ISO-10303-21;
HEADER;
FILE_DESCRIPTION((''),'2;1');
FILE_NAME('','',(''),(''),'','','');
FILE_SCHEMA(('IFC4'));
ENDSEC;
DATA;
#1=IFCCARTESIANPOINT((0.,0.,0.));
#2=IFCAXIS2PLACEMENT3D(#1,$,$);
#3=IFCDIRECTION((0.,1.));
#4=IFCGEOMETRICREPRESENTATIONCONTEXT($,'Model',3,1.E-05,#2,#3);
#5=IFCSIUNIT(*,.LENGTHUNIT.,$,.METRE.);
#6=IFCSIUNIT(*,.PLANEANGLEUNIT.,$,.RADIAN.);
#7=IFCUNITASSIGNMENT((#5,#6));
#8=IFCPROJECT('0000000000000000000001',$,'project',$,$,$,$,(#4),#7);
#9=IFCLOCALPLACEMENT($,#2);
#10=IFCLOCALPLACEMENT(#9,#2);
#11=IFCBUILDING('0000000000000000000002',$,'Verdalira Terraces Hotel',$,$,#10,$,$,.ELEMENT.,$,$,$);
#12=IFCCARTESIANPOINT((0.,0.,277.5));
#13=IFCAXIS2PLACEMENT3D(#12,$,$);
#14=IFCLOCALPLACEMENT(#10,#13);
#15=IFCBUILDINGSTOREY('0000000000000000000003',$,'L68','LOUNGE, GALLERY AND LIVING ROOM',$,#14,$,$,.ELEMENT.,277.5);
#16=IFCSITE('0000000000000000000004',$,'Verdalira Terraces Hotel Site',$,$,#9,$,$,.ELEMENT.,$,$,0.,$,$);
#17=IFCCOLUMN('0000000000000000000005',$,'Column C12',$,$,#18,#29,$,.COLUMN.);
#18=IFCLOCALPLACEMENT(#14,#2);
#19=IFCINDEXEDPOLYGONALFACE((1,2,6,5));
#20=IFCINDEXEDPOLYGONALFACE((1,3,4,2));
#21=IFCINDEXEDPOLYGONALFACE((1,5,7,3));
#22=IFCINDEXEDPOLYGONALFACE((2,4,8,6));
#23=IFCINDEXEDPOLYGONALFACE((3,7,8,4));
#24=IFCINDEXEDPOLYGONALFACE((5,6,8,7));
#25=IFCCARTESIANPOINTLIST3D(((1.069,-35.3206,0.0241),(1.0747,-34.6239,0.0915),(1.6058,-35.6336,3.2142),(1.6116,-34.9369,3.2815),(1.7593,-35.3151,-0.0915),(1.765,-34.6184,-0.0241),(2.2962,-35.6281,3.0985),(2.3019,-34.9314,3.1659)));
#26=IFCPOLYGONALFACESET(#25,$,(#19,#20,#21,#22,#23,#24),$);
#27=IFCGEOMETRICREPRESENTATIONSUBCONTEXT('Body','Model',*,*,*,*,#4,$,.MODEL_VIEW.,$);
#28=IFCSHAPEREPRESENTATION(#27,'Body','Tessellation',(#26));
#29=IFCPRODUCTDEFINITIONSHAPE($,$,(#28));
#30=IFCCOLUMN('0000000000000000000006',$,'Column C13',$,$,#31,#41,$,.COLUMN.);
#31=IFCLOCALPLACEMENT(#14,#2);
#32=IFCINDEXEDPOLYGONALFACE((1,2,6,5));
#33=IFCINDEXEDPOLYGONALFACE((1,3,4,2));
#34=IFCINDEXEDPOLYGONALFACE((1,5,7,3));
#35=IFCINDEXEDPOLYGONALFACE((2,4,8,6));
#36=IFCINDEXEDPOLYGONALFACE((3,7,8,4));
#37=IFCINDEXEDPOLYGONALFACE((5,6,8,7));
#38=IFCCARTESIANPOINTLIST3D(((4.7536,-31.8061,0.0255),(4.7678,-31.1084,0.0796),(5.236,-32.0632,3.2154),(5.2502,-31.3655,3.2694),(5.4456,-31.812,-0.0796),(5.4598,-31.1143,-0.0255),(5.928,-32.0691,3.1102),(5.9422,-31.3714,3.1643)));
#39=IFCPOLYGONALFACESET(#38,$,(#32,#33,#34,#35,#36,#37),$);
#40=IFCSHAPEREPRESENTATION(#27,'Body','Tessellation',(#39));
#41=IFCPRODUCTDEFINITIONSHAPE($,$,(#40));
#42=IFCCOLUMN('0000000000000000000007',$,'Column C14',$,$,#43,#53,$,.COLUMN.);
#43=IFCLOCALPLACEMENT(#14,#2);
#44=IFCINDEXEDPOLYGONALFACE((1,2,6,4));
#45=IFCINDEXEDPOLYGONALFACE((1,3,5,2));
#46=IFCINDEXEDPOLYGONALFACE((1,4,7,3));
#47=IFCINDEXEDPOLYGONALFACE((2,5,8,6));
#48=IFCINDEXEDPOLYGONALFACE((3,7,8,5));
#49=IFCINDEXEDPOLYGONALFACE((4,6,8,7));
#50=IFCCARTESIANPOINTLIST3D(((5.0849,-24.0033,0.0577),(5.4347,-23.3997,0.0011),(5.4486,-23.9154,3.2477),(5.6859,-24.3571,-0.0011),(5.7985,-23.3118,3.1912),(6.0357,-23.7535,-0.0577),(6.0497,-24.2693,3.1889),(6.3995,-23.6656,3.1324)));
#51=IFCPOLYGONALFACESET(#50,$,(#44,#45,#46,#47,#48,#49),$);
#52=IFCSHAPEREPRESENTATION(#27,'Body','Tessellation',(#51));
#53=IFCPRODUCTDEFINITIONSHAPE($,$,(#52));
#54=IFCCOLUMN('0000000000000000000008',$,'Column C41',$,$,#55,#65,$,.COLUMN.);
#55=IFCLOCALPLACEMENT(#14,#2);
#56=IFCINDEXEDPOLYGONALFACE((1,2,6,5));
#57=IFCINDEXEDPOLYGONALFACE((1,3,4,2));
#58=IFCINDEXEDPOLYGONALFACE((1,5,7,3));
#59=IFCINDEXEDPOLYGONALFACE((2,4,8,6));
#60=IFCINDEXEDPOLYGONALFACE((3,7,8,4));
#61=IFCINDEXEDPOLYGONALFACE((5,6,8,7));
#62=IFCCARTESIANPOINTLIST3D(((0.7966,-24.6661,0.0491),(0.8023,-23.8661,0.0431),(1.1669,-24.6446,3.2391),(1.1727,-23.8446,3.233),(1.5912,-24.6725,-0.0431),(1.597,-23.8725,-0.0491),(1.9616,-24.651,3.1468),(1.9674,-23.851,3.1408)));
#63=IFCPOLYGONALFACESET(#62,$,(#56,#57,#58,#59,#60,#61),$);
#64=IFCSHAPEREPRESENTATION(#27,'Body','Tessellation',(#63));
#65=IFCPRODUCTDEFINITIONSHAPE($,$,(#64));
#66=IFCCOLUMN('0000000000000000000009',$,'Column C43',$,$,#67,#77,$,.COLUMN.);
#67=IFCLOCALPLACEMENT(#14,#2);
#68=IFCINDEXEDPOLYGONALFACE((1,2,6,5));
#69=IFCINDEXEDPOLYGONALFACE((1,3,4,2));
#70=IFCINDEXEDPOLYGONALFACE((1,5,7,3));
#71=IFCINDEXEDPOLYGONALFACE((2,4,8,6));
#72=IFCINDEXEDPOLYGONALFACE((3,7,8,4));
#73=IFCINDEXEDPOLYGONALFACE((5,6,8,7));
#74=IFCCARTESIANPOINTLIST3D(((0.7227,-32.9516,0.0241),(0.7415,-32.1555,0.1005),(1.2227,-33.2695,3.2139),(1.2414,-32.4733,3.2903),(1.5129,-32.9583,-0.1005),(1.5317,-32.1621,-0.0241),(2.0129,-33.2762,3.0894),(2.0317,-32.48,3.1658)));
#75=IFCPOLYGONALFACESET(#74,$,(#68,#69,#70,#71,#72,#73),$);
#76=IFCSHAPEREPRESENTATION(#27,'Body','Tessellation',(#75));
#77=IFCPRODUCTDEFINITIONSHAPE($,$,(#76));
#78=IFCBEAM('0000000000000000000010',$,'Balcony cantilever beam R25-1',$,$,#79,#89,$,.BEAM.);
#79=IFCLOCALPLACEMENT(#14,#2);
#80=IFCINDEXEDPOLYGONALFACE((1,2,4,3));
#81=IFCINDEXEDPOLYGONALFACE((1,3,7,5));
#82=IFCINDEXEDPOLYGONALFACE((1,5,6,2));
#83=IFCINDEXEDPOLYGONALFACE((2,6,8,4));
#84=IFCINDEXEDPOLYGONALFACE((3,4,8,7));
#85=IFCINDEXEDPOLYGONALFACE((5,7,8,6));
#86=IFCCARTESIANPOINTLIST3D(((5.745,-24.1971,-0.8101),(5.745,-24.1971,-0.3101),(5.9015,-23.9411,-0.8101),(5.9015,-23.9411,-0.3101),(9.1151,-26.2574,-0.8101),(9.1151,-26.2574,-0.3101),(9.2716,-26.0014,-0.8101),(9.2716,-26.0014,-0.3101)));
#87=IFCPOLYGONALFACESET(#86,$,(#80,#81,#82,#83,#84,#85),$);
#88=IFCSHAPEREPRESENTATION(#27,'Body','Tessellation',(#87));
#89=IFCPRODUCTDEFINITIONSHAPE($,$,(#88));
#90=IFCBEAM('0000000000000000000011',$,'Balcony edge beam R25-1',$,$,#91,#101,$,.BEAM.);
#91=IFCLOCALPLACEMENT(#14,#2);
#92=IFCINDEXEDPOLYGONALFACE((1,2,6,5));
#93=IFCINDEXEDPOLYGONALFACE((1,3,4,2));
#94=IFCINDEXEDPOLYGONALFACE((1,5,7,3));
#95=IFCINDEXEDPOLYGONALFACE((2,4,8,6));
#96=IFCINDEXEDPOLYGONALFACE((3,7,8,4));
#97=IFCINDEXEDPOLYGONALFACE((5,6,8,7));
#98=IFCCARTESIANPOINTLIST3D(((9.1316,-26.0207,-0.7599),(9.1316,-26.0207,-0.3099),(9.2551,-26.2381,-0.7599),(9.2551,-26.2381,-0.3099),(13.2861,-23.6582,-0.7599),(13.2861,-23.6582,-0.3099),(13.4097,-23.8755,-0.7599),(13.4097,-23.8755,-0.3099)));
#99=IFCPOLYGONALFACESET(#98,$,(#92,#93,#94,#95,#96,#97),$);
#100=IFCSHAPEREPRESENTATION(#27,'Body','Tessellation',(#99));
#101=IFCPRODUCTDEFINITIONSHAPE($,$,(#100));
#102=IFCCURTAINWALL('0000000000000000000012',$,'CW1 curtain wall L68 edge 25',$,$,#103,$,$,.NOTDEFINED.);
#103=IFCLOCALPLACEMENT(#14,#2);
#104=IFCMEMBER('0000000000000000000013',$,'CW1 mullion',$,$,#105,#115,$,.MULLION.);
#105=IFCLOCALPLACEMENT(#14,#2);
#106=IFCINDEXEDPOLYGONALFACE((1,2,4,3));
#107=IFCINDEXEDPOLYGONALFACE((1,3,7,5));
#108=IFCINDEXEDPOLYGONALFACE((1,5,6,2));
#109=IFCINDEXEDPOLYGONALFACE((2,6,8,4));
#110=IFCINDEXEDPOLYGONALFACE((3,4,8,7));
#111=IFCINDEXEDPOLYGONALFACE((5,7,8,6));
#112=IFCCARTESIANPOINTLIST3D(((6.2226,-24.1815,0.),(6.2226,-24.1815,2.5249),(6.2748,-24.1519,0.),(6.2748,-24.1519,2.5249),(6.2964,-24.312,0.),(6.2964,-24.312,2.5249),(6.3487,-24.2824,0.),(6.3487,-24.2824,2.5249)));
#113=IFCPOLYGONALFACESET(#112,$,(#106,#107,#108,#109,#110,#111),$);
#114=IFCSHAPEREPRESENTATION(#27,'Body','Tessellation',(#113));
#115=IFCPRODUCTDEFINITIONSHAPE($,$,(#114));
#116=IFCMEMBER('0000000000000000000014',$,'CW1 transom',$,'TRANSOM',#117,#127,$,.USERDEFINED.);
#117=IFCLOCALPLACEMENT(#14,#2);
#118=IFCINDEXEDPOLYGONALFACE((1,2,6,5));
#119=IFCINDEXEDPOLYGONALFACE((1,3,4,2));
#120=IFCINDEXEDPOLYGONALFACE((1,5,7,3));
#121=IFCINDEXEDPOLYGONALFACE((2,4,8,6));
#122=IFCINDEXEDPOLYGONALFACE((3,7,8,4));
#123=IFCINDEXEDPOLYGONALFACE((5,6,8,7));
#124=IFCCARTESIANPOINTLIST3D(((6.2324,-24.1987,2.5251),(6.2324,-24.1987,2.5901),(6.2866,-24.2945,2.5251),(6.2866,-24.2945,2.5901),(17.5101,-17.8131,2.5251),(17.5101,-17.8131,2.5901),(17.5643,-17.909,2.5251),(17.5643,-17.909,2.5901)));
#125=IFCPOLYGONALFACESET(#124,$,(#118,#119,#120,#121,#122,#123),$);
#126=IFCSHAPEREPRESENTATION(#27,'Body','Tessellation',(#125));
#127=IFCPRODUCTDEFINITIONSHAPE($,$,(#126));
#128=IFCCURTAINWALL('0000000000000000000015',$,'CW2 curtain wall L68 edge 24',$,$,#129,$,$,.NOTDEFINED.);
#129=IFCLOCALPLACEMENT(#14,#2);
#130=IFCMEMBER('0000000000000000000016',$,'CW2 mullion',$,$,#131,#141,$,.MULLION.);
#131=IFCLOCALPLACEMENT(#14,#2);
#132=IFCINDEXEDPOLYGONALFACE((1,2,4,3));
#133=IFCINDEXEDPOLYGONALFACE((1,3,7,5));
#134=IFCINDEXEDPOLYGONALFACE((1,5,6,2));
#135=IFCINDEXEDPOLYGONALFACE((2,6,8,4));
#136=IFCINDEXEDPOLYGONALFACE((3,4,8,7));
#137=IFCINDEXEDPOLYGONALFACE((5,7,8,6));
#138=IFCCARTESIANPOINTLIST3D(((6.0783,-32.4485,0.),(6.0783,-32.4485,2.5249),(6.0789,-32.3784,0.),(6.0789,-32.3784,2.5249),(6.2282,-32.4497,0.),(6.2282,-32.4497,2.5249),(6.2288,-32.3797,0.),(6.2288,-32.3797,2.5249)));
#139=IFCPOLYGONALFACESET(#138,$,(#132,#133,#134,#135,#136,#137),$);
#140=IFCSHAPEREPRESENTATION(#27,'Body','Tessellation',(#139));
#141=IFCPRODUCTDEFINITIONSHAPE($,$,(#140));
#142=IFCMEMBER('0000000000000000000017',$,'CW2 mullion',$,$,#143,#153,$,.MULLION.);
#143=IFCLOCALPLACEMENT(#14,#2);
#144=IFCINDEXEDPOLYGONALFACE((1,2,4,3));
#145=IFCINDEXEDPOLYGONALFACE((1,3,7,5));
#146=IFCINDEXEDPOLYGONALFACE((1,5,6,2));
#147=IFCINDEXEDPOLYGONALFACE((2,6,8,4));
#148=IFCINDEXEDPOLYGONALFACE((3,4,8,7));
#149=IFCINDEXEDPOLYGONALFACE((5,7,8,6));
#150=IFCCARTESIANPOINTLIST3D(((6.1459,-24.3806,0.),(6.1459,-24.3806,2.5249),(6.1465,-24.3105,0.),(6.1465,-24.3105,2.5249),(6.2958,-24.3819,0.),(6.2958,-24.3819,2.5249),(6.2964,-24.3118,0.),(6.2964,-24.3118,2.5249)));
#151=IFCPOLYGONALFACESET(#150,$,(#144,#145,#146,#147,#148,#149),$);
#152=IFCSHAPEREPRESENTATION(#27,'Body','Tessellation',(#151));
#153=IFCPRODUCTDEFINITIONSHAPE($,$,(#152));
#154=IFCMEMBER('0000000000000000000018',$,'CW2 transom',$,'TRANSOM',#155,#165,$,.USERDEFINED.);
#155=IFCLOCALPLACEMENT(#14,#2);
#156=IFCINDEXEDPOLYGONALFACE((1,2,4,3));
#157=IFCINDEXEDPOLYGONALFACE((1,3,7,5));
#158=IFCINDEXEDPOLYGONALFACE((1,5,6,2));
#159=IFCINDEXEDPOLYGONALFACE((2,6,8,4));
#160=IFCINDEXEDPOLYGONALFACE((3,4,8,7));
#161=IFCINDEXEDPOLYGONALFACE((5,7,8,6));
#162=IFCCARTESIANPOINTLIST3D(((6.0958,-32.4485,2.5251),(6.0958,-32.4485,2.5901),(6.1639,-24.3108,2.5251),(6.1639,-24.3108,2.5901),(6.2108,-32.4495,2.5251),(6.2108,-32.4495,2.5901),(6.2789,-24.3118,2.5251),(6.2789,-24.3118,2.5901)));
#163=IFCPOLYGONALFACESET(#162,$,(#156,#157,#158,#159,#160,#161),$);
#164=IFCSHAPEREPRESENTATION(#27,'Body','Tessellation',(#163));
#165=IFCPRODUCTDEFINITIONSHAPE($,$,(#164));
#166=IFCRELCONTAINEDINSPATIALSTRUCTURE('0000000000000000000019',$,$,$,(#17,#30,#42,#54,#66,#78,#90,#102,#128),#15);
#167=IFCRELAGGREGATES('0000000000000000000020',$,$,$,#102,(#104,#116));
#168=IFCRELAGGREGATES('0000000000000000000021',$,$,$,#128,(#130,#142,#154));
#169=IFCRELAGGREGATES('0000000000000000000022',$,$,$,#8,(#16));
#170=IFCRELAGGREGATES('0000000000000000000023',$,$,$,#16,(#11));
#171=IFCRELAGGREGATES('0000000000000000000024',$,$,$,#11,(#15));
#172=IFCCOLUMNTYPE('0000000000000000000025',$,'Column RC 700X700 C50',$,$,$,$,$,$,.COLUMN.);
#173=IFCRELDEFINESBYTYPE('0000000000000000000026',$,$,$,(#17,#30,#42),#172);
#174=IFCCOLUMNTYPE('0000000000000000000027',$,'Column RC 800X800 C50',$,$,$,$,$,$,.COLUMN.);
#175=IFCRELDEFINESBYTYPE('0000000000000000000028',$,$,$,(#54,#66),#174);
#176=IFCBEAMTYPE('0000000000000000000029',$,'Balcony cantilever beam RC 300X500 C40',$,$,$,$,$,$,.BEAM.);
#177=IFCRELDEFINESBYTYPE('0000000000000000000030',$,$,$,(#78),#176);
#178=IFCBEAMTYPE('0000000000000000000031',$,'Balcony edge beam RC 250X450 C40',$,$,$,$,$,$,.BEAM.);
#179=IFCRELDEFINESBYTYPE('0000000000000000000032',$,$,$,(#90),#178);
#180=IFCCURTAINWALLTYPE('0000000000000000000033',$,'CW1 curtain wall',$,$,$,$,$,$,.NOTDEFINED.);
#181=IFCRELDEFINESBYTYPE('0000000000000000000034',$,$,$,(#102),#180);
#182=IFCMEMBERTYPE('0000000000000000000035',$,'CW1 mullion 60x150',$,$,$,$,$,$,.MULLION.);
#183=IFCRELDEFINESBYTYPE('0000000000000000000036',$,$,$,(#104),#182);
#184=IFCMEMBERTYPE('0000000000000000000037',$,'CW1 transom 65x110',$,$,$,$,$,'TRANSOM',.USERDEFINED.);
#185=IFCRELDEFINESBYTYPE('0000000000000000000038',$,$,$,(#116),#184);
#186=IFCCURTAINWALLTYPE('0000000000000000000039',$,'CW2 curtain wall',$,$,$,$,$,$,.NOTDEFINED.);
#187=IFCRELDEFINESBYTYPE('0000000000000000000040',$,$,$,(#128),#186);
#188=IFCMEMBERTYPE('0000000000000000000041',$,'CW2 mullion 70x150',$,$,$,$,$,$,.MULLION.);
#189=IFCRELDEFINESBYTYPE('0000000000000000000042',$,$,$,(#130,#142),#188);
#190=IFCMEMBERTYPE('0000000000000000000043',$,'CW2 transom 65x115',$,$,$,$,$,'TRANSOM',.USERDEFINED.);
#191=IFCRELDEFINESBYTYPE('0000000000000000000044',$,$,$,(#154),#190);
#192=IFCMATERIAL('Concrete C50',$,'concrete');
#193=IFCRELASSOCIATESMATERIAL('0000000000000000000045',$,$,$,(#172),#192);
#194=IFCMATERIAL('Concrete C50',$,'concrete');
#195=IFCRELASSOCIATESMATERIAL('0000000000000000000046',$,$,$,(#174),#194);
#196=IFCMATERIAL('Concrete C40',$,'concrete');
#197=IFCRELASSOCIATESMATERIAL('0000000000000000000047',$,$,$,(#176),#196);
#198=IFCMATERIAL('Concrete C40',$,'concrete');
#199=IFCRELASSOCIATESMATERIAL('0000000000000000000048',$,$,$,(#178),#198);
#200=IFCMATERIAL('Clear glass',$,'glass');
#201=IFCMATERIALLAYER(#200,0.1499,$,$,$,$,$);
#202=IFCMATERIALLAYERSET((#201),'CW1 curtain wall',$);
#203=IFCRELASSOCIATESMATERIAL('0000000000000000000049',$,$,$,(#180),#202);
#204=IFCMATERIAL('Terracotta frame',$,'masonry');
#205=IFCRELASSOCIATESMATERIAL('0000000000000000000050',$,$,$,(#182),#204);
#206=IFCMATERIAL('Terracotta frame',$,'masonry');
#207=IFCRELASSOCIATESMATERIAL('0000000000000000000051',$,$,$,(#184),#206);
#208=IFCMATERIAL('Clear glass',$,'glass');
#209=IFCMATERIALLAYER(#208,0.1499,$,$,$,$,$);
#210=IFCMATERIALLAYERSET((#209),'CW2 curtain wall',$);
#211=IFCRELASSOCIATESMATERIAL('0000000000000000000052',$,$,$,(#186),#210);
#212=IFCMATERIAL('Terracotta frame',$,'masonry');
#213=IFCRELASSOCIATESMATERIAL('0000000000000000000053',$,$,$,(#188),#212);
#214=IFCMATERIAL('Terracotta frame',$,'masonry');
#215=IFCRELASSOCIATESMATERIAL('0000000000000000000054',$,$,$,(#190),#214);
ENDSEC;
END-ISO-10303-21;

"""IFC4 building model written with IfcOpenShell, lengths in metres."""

from ifc_helpers import new_model, si_unit, direction, frame, origin, origin_2d, place, context, subcontext, project, spatial, rectangle, extrude, material, layer, layer_set, material_profile, profile_set, type_object, element, aggregate, save


model = new_model("IFC4")

# Units and contexts
model_context = context("Model", 3, precision=1e-05, world=origin(), true_north=direction((0.0, 1.0)))
body_context = subcontext(model_context, "Body", "Model", "MODEL_VIEW")
ifc_project = project(units=[si_unit("LENGTHUNIT", "METRE"), si_unit("PLANEANGLEUNIT", "RADIAN")], contexts=[model_context])

# Site, building, storey
site_placement = place(None, origin())
site = spatial("IfcSite", under=ifc_project, at=site_placement, Name="Verdalira Terraces Hotel Site", CompositionType="ELEMENT", RefElevation=0.0)
building_placement = place(site_placement, origin())
building = spatial("IfcBuilding", under=site, at=building_placement, Name="Verdalira Terraces Hotel", CompositionType="ELEMENT")
storey_placement = place(building_placement, frame((0.0, 0.0, 277.5)))
storey = spatial("IfcBuildingStorey", under=building, at=storey_placement, Name="L68", Description="LOUNGE, GALLERY AND LIVING ROOM", CompositionType="ELEMENT", Elevation=277.5)

# Columns
ifc_material_1 = material(Name="Concrete C50", Category="concrete")
ifc_material_profile_1 = material_profile(ifc_material_1, rectangle(XDim=0.7, YDim=0.7, at=origin_2d()), Name="RC 700X700")
ifc_profile_set_1 = profile_set([ifc_material_profile_1], Name="Concrete C50")
column_type_1 = type_object("IfcColumnType", Name="Column RC 700X700 C50", PredefinedType="COLUMN", material=ifc_profile_set_1)
column_1_placement = place(storey_placement, frame((1.417, -34.9695, 0.0), z_axis=(0.165194, -0.096307, 0.981548), x_axis=(0.986227, 0.007861, -0.16521)))
element("IfcColumn", 1, at=column_1_placement, inside=storey, type_object=column_type_1, Name="Column C12", PredefinedType="COLUMN", context=body_context, shape_type="SweptSolid", body=[
    extrude(rectangle(XDim=0.7, YDim=0.7, at=origin_2d()), origin(), (0.0, 0.0, 1.0), 3.25),
])
column_2_placement = place(storey_placement, frame((5.1067, -31.4602, 0.0), z_axis=(0.149059, -0.079433, 0.985633), x_axis=(0.020241, 0.996805, 0.077272)))
element("IfcColumn", 2, at=column_2_placement, inside=storey, type_object=column_type_1, Name="Column C13", PredefinedType="COLUMN", context=body_context, shape_type="SweptSolid", body=[
    extrude(rectangle(XDim=0.7, YDim=0.7, at=origin_2d()), origin(), (0.0, 0.0, 1.0), 3.2363),
])
column_3_placement = place(storey_placement, frame((5.5603, -23.8784, 0.0), z_axis=(0.11326, 0.027365, 0.993189), x_axis=(-0.499774, -0.862383, 0.080753)))
element("IfcColumn", 3, at=column_3_placement, inside=storey, type_object=column_type_1, Name="Column C14", PredefinedType="COLUMN", context=body_context, shape_type="SweptSolid", body=[
    extrude(rectangle(XDim=0.7, YDim=0.7, at=origin_2d()), origin(), (0.0, 0.0, 1.0), 3.2119),
])
ifc_material_2 = material(Name="Concrete C50", Category="concrete")
ifc_material_profile_2 = material_profile(ifc_material_2, rectangle(XDim=0.8, YDim=0.8, at=origin_2d()), Name="RC 800X800")
ifc_profile_set_2 = profile_set([ifc_material_profile_2], Name="Concrete C50")
column_type_2 = type_object("IfcColumnType", Name="Column RC 800X800 C50", PredefinedType="COLUMN", material=ifc_profile_set_2)
column_4_placement = place(storey_placement, frame((1.1968, -24.2693, 0.0), z_axis=(0.115326, 0.00669, 0.993305), x_axis=(-0.007202, -0.999945, 0.007571)))
element("IfcColumn", 4, at=column_4_placement, inside=storey, type_object=column_type_2, Name="Column C41", PredefinedType="COLUMN", context=body_context, shape_type="SweptSolid", body=[
    extrude(rectangle(XDim=0.8, YDim=0.8, at=origin_2d()), origin(), (0.0, 0.0, 1.0), 3.2114),
])
column_5_placement = place(storey_placement, frame((1.1272, -32.5569, 0.0), z_axis=(0.154107, -0.097972, 0.983185), x_axis=(-0.023479, -0.995154, -0.095485)))
element("IfcColumn", 5, at=column_5_placement, inside=storey, type_object=column_type_2, Name="Column C43", PredefinedType="COLUMN", context=body_context, shape_type="SweptSolid", body=[
    extrude(rectangle(XDim=0.8, YDim=0.8, at=origin_2d()), origin(), (0.0, 0.0, 1.0), 3.2444),
])

# Beams
ifc_material_3 = material(Name="Concrete C40", Category="concrete")
ifc_material_profile_3 = material_profile(ifc_material_3, rectangle(XDim=0.3, YDim=0.5, at=origin_2d()), Name="RC 300X500")
ifc_profile_set_3 = profile_set([ifc_material_profile_3], Name="Concrete C40")
beam_type_1 = type_object("IfcBeamType", Name="Balcony cantilever beam RC 300X500 C40", PredefinedType="BEAM", material=ifc_profile_set_3)
beam_1_placement = place(storey_placement, frame((5.8232, -24.0691, -0.5601), z_axis=(0.853193, -0.521595, 0.0), x_axis=(0.521595, 0.853193, 0.0)))
element("IfcBeam", 6, at=beam_1_placement, inside=storey, type_object=beam_type_1, Name="Balcony cantilever beam R25-1", PredefinedType="BEAM", context=body_context, shape_type="SweptSolid", body=[
    extrude(rectangle(XDim=0.3, YDim=0.5, at=origin_2d()), origin(), (0.0, 0.0, 1.0), 3.95),
])
ifc_material_4 = material(Name="Concrete C40", Category="concrete")
ifc_material_profile_4 = material_profile(ifc_material_4, rectangle(XDim=0.25, YDim=0.45, at=origin_2d()), Name="RC 250X450")
ifc_profile_set_4 = profile_set([ifc_material_profile_4], Name="Concrete C40")
beam_type_2 = type_object("IfcBeamType", Name="Balcony edge beam RC 250X450 C40", PredefinedType="BEAM", material=ifc_profile_set_4)
beam_2_placement = place(storey_placement, frame((9.1934, -26.1294, -0.5349), z_axis=(0.869275, 0.494328, 0.0), x_axis=(-0.494328, 0.869275, 0.0)))
element("IfcBeam", 7, at=beam_2_placement, inside=storey, type_object=beam_type_2, Name="Balcony edge beam R25-1", PredefinedType="BEAM", context=body_context, shape_type="SweptSolid", body=[
    extrude(rectangle(XDim=0.25, YDim=0.45, at=origin_2d()), origin(), (0.0, 0.0, 1.0), 4.7793),
])

# Curtain walls, members
ifc_material_5 = material(Name="Clear glass", Category="glass")
ifc_layer_1 = layer(ifc_material_5, 0.1499)
ifc_layer_set_1 = layer_set([ifc_layer_1], Name="CW1 curtain wall")
curtain_wall_type_1 = type_object("IfcCurtainWallType", Name="CW1 curtain wall", PredefinedType="NOTDEFINED", material=ifc_layer_set_1)
curtain_wall_1_placement = place(storey_placement, origin())
curtain_wall_1 = element("IfcCurtainWall", 8, at=curtain_wall_1_placement, inside=storey, type_object=curtain_wall_type_1, Name="CW1 curtain wall L68 edge 25", PredefinedType="NOTDEFINED")
ifc_material_6 = material(Name="Terracotta frame", Category="masonry")
ifc_material_profile_5 = material_profile(ifc_material_6, rectangle(XDim=0.0601, YDim=0.1499, at=origin_2d()), Name="MU 60x150")
ifc_profile_set_5 = profile_set([ifc_material_profile_5], Name="Terracotta frame")
member_type_1 = type_object("IfcMemberType", Name="CW1 mullion 60x150", PredefinedType="MULLION", material=ifc_profile_set_5)
member_1_placement = place(storey_placement, frame((6.2856, -24.2319, 0.0), z_axis=(0.0, 0.0, 1.0), x_axis=(0.870184, 0.492727, 0.0)))
member_1 = element("IfcMember", 9, at=member_1_placement, type_object=member_type_1, Name="CW1 mullion", PredefinedType="MULLION", context=body_context, shape_type="SweptSolid", body=[
    extrude(rectangle(XDim=0.0601, YDim=0.1499, at=origin_2d()), origin(), (0.0, 0.0, 1.0), 2.5249),
])
ifc_material_7 = material(Name="Terracotta frame", Category="masonry")
ifc_material_profile_6 = material_profile(ifc_material_7, rectangle(XDim=0.1101, YDim=0.0649, at=origin_2d()), Name="TR 65x110")
ifc_profile_set_6 = profile_set([ifc_material_profile_6], Name="Terracotta frame")
member_type_2 = type_object("IfcMemberType", Name="CW1 transom 65x110", ElementType="TRANSOM", PredefinedType="USERDEFINED", material=ifc_profile_set_6)
member_2_placement = place(storey_placement, frame((6.2595, -24.2466, 2.5576), z_axis=(0.870192, 0.492713, 0.0), x_axis=(-0.492713, 0.870192, 0.0)))
member_2 = element("IfcMember", 10, at=member_2_placement, type_object=member_type_2, Name="CW1 transom", ObjectType="TRANSOM", PredefinedType="USERDEFINED", context=body_context, shape_type="SweptSolid", body=[
    extrude(rectangle(XDim=0.1101, YDim=0.0649, at=origin_2d()), origin(), (0.0, 0.0, 1.0), 12.96),
])
ifc_material_8 = material(Name="Clear glass", Category="glass")
ifc_layer_2 = layer(ifc_material_8, 0.1499)
ifc_layer_set_2 = layer_set([ifc_layer_2], Name="CW2 curtain wall")
curtain_wall_type_2 = type_object("IfcCurtainWallType", Name="CW2 curtain wall", PredefinedType="NOTDEFINED", material=ifc_layer_set_2)
curtain_wall_2_placement = place(storey_placement, origin())
curtain_wall_2 = element("IfcCurtainWall", 11, at=curtain_wall_2_placement, inside=storey, type_object=curtain_wall_type_2, Name="CW2 curtain wall L68 edge 24", PredefinedType="NOTDEFINED")
ifc_material_9 = material(Name="Terracotta frame", Category="masonry")
ifc_material_profile_7 = material_profile(ifc_material_9, rectangle(XDim=0.0701, YDim=0.1499, at=origin_2d()), Name="MU 70x150")
ifc_profile_set_7 = profile_set([ifc_material_profile_7], Name="Terracotta frame")
member_type_3 = type_object("IfcMemberType", Name="CW2 mullion 70x150", PredefinedType="MULLION", material=ifc_profile_set_7)
member_3_placement = place(storey_placement, frame((6.1536, -32.4141, 0.0), z_axis=(0.0, 0.0, 1.0), x_axis=(0.008377, 0.999965, 0.0)))
member_3 = element("IfcMember", 12, at=member_3_placement, type_object=member_type_3, Name="CW2 mullion", PredefinedType="MULLION", context=body_context, shape_type="SweptSolid", body=[
    extrude(rectangle(XDim=0.0701, YDim=0.1499, at=origin_2d()), origin(), (0.0, 0.0, 1.0), 2.5249),
])
member_4_placement = place(storey_placement, frame((6.2212, -24.3462, 0.0), z_axis=(0.0, 0.0, 1.0), x_axis=(0.008377, 0.999965, 0.0)))
member_4 = element("IfcMember", 13, at=member_4_placement, type_object=member_type_3, Name="CW2 mullion", PredefinedType="MULLION", context=body_context, shape_type="SweptSolid", body=[
    extrude(rectangle(XDim=0.0701, YDim=0.1499, at=origin_2d()), origin(), (0.0, 0.0, 1.0), 2.5249),
])
ifc_material_10 = material(Name="Terracotta frame", Category="masonry")
ifc_material_profile_8 = material_profile(ifc_material_10, rectangle(XDim=0.115, YDim=0.0649, at=origin_2d()), Name="TR 65x115")
ifc_profile_set_8 = profile_set([ifc_material_profile_8], Name="Terracotta frame")
member_type_4 = type_object("IfcMemberType", Name="CW2 transom 65x115", ElementType="TRANSOM", PredefinedType="USERDEFINED", material=ifc_profile_set_8)
member_5_placement = place(storey_placement, frame((6.1533, -32.449, 2.5576), z_axis=(0.00837, 0.999965, 0.0), x_axis=(-0.999965, 0.00837, 0.0)))
member_5 = element("IfcMember", 14, at=member_5_placement, type_object=member_type_4, Name="CW2 transom", ObjectType="TRANSOM", PredefinedType="USERDEFINED", context=body_context, shape_type="SweptSolid", body=[
    extrude(rectangle(XDim=0.115, YDim=0.0649, at=origin_2d()), origin(), (0.0, 0.0, 1.0), 8.1379),
])

aggregate(curtain_wall_1, [member_1, member_2])

aggregate(curtain_wall_2, [member_3, member_4, member_5])

save(model, "model.ifc")
